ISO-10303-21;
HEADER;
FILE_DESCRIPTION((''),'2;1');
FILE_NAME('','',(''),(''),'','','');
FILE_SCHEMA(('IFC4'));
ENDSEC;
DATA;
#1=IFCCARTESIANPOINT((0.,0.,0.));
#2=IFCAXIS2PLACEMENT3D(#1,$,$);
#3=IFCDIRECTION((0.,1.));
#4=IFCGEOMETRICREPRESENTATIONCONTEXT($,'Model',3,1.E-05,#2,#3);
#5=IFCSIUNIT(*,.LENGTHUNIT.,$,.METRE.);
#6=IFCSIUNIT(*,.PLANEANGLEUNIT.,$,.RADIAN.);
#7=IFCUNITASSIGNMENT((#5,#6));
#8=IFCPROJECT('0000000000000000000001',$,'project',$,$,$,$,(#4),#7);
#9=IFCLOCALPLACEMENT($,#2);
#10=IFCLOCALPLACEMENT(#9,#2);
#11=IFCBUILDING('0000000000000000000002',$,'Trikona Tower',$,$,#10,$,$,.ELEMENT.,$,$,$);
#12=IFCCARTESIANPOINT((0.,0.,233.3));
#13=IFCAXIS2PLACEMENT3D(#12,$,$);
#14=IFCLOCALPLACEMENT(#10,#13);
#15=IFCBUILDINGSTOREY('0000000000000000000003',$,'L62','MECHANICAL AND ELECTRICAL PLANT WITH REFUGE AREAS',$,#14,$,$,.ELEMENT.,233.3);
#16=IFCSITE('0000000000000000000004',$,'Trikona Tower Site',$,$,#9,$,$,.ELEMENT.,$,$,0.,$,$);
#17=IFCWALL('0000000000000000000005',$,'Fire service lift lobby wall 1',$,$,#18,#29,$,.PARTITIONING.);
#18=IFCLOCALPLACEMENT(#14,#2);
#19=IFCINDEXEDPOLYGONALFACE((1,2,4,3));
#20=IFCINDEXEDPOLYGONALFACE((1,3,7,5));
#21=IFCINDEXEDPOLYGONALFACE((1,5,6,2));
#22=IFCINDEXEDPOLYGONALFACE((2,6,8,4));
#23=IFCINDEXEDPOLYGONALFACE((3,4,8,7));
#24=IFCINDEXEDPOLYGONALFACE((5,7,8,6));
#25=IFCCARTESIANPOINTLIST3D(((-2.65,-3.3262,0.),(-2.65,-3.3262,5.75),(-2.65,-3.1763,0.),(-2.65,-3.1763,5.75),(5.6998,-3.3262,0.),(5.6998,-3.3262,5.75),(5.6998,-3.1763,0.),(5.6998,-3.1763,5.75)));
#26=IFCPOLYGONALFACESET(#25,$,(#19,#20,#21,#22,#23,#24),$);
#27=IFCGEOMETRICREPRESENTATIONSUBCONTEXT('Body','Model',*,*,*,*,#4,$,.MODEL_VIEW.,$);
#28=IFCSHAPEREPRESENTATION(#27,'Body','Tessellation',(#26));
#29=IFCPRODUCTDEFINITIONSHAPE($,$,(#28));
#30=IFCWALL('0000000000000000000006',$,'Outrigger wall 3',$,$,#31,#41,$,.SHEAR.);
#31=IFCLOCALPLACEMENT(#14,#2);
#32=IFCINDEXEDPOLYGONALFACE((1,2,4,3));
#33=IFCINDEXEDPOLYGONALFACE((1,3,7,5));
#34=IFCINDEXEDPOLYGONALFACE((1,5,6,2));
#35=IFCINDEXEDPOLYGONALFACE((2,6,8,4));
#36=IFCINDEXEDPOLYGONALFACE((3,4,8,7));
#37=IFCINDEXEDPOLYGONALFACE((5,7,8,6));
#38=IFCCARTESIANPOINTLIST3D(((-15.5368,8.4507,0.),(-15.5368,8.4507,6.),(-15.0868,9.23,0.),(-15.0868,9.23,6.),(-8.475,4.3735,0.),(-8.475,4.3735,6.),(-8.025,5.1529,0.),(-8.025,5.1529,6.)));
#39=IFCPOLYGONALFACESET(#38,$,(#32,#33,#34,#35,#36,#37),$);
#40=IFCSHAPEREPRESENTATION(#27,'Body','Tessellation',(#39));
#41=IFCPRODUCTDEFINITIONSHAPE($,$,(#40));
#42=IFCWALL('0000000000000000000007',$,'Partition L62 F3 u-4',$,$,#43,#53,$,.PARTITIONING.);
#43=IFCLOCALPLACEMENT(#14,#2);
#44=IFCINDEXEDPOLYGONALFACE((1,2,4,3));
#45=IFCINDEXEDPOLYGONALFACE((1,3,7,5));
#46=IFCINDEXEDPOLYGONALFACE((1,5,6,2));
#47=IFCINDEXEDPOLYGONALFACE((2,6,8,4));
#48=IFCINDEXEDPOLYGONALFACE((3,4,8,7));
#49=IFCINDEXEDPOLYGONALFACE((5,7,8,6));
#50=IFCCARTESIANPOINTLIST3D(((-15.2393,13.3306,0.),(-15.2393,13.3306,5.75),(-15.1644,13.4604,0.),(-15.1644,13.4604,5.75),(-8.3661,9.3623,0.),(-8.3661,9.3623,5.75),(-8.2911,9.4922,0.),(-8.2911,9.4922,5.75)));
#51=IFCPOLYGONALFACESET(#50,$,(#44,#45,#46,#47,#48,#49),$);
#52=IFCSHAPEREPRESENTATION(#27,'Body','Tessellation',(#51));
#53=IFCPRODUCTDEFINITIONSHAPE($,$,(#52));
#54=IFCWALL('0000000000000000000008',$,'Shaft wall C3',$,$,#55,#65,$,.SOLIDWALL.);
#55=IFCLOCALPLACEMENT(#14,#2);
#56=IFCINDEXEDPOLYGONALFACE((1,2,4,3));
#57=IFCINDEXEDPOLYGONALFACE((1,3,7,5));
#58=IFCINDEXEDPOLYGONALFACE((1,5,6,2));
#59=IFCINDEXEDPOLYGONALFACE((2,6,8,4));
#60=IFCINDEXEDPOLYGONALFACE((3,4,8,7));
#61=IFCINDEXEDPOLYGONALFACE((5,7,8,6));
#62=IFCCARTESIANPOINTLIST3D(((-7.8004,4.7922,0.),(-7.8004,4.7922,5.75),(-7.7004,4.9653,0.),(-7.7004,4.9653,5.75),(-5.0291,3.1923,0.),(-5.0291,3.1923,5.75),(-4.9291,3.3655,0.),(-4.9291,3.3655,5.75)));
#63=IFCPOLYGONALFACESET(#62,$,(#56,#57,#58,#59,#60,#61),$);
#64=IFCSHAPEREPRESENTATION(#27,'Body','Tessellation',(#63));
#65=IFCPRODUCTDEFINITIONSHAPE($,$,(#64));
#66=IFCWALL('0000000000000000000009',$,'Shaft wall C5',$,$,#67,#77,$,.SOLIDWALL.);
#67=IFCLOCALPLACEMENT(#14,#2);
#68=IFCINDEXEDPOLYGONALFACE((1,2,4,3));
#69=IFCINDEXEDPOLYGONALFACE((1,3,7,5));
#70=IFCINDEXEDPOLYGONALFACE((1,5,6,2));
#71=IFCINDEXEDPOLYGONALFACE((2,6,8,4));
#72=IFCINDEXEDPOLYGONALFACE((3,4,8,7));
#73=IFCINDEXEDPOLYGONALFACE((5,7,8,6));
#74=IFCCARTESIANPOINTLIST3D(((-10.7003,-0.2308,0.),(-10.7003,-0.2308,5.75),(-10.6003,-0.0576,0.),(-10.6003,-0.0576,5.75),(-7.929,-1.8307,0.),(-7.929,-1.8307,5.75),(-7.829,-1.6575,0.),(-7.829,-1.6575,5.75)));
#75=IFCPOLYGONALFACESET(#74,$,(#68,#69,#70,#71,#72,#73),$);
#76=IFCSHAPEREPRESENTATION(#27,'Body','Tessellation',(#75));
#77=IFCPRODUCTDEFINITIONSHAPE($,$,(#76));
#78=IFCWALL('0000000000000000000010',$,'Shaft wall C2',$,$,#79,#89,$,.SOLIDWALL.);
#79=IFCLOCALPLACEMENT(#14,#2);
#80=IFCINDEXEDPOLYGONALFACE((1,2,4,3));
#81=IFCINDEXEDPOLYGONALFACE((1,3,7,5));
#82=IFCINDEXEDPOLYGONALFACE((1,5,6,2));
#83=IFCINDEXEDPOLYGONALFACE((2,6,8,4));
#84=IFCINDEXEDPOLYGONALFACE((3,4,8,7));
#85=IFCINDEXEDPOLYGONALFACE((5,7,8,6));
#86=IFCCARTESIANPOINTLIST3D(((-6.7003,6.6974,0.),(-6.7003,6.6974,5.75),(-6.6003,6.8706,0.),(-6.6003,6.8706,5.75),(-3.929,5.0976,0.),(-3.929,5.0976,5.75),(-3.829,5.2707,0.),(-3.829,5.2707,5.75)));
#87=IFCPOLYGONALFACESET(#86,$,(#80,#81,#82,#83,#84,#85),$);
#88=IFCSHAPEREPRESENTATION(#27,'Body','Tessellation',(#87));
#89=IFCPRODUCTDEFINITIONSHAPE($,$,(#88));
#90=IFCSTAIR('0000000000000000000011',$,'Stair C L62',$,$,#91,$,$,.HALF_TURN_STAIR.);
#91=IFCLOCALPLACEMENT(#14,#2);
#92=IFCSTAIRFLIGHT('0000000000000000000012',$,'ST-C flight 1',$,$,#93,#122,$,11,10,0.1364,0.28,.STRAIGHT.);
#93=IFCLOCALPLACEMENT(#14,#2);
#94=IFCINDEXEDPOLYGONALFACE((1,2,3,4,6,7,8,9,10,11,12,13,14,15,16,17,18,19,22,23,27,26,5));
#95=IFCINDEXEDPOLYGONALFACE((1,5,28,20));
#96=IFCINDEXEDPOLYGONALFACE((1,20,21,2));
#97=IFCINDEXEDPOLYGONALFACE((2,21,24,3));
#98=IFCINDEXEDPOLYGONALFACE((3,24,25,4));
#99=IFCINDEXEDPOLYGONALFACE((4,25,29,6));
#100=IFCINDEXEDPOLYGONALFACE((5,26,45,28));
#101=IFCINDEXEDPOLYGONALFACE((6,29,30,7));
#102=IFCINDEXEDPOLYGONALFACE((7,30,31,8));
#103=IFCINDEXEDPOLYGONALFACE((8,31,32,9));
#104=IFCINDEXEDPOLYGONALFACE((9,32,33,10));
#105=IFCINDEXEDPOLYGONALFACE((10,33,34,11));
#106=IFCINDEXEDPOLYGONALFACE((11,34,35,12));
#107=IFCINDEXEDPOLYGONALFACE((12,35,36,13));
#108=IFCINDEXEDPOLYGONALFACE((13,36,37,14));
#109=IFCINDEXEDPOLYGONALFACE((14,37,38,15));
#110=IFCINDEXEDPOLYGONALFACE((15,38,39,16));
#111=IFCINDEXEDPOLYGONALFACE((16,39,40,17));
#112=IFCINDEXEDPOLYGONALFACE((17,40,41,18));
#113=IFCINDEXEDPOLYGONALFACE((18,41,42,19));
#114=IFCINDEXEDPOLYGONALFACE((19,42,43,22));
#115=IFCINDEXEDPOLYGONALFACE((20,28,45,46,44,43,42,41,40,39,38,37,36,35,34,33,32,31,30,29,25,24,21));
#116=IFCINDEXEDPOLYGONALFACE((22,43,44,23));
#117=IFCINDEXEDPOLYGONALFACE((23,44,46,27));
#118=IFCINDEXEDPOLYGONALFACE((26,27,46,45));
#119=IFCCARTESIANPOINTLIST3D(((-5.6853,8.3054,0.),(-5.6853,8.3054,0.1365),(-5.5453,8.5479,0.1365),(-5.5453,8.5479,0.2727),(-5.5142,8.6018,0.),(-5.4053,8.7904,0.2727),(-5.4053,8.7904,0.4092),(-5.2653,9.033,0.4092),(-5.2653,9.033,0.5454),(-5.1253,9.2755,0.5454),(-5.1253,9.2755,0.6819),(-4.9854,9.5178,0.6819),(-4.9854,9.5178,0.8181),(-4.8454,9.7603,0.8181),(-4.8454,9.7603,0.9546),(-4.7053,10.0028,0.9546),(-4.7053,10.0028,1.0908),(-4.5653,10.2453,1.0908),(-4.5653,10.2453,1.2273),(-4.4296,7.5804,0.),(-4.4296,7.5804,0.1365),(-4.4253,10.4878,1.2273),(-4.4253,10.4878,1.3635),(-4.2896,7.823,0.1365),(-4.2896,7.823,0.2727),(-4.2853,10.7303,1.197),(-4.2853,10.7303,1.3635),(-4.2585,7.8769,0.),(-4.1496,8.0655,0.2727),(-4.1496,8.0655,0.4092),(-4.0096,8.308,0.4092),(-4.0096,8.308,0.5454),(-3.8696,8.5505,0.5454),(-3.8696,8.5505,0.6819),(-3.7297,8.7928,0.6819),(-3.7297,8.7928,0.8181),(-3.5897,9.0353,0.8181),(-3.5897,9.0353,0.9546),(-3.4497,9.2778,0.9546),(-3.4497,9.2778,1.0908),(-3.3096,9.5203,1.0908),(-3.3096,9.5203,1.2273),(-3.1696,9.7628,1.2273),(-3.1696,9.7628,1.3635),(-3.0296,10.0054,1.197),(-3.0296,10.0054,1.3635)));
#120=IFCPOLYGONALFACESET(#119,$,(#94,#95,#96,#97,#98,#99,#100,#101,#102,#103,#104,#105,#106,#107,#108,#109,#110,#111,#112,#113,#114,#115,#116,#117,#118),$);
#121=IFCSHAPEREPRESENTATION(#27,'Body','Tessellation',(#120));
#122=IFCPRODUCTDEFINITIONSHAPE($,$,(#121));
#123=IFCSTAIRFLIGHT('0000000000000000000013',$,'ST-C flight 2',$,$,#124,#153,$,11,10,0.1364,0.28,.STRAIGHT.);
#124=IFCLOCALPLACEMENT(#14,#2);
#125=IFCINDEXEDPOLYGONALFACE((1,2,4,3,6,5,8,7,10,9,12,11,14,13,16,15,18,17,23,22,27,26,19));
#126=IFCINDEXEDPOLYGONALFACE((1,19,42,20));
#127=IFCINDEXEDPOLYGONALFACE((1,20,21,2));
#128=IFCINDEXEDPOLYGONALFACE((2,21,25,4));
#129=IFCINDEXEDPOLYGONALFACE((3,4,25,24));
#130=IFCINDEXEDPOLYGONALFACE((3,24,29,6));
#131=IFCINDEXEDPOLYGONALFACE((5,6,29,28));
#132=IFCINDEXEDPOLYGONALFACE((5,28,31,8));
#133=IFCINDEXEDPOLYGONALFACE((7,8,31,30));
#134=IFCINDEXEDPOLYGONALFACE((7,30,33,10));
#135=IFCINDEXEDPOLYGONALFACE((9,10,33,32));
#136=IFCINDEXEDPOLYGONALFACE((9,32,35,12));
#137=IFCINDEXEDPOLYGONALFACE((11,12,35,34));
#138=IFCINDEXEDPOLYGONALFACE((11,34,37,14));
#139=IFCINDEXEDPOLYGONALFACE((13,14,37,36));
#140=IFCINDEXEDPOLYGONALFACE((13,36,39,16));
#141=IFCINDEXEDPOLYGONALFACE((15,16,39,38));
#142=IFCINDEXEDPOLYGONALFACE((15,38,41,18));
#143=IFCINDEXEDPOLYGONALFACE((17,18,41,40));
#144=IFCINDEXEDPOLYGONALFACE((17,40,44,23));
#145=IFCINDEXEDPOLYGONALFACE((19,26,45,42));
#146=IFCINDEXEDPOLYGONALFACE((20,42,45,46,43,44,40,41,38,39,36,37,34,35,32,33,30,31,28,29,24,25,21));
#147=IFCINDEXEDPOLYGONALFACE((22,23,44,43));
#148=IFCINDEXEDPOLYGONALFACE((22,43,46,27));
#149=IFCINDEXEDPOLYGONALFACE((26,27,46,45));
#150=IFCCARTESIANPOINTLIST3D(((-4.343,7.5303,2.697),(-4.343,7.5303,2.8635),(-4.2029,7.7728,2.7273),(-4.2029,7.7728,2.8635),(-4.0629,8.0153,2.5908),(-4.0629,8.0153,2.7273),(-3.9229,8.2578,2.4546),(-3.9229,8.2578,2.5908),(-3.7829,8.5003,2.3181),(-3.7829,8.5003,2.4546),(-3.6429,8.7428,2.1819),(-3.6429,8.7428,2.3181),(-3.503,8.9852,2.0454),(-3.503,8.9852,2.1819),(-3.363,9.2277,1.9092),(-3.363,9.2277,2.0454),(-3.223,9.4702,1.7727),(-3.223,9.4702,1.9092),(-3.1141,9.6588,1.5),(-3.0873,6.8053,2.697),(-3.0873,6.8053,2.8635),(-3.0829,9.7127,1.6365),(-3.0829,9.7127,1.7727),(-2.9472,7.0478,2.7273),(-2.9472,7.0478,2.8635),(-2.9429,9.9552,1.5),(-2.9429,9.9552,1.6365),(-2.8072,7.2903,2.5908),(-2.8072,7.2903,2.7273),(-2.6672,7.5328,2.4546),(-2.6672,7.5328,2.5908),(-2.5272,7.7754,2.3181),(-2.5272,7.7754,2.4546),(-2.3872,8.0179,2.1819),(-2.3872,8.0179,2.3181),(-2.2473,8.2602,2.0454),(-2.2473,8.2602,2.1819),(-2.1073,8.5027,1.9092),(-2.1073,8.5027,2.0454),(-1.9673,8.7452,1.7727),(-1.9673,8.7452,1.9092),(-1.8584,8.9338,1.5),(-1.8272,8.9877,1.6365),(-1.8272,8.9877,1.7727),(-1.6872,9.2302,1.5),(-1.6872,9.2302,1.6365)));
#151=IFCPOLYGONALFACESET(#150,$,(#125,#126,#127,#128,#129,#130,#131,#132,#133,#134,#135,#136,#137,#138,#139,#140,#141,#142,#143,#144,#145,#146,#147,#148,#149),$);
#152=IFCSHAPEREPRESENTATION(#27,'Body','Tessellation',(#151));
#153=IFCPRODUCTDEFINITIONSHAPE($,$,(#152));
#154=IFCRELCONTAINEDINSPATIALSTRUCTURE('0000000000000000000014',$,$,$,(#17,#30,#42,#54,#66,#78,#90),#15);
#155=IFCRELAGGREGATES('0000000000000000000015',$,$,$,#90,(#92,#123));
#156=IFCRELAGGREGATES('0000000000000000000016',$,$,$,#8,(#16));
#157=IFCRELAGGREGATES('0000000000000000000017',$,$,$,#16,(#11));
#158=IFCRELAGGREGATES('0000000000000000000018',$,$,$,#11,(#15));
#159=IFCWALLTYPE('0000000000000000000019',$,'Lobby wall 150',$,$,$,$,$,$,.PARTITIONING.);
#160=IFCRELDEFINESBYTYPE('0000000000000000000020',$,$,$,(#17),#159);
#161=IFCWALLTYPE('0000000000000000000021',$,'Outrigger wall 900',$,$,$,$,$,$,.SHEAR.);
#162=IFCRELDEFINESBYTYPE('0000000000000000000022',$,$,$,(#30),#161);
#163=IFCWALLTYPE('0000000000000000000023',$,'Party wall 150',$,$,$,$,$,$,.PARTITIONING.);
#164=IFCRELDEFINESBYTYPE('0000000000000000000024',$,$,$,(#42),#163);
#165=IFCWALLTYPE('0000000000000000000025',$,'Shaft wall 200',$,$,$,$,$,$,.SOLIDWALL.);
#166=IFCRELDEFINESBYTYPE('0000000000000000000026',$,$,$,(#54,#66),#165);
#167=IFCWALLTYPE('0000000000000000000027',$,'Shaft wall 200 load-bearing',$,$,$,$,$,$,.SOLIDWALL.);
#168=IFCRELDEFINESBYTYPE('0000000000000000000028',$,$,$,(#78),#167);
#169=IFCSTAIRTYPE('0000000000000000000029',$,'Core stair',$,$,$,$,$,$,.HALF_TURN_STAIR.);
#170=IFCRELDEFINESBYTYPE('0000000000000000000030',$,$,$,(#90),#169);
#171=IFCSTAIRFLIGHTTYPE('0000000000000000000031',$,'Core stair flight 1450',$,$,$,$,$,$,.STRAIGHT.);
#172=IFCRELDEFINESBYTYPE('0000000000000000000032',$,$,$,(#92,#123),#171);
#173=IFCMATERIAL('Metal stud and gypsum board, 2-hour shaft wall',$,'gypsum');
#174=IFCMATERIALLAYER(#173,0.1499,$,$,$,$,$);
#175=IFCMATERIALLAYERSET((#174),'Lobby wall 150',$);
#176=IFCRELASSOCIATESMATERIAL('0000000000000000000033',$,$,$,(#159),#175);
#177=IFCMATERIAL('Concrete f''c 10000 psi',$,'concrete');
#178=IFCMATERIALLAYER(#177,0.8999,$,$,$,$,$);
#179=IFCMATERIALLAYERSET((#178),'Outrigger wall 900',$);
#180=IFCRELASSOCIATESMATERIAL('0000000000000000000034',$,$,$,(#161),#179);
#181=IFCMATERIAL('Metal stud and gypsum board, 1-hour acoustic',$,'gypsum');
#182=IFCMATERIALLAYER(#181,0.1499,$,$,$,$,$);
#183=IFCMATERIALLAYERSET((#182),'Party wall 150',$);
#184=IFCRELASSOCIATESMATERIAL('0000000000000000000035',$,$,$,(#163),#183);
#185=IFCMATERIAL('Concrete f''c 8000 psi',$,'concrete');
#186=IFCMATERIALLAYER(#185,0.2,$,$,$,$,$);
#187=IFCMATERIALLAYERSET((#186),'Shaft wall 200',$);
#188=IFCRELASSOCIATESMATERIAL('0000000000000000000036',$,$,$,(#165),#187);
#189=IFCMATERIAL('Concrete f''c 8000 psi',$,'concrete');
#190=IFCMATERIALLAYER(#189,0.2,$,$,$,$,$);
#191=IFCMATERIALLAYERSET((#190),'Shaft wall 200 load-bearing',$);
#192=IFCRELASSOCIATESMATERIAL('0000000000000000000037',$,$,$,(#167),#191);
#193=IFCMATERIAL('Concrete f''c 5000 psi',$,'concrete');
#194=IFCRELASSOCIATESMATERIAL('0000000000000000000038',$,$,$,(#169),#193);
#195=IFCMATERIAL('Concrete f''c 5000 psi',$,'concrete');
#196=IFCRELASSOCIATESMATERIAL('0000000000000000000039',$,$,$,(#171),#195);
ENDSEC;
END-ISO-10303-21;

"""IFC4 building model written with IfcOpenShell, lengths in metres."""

from ifc_helpers import new_model, si_unit, direction, frame, frame_2d, origin, place, context, subcontext, project, spatial, polyline, rectangle, outline, extrude, material, layer, layer_set, type_object, element, aggregate, save


model = new_model("IFC4")

# Units and contexts
model_context = context("Model", 3, precision=1e-05, world=origin(), true_north=direction((0.0, 1.0)))
body_context = subcontext(model_context, "Body", "Model", "MODEL_VIEW")
ifc_project = project(units=[si_unit("LENGTHUNIT", "METRE"), si_unit("PLANEANGLEUNIT", "RADIAN")], contexts=[model_context])

# Site, building, storey
site_placement = place(None, origin())
site = spatial("IfcSite", under=ifc_project, at=site_placement, Name="Trikona Tower Site", CompositionType="ELEMENT", RefElevation=0.0)
building_placement = place(site_placement, origin())
building = spatial("IfcBuilding", under=site, at=building_placement, Name="Trikona Tower", CompositionType="ELEMENT")
storey_placement = place(building_placement, frame((0.0, 0.0, 233.3)))
storey = spatial("IfcBuildingStorey", under=building, at=storey_placement, Name="L62", Description="MECHANICAL AND ELECTRICAL PLANT WITH REFUGE AREAS", CompositionType="ELEMENT", Elevation=233.3)

# Walls
ifc_material_1 = material(Name="Metal stud and gypsum board, 2-hour shaft wall", Category="gypsum")
ifc_layer_1 = layer(ifc_material_1, 0.1499)
ifc_layer_set_1 = layer_set([ifc_layer_1], Name="Lobby wall 150")
wall_type_1 = type_object("IfcWallType", Name="Lobby wall 150", PredefinedType="PARTITIONING", material=ifc_layer_set_1)
wall_1_placement = place(storey_placement, frame((-2.6499, -3.2512, 0.0), z_axis=(0.0, 0.0, 1.0), x_axis=(1.0, 0.0, 0.0)))
element("IfcWall", 1, at=wall_1_placement, inside=storey, type_object=wall_type_1, Name="Fire service lift lobby wall 1", PredefinedType="PARTITIONING", context=body_context, shape_type="SweptSolid", body=[
    extrude(rectangle(XDim=8.3499, YDim=0.1499, at=frame_2d((4.1748, 0.0))), origin(), (0.0, 0.0, 1.0), 5.75),
])
ifc_material_2 = material(Name="Concrete f'c 10000 psi", Category="concrete")
ifc_layer_2 = layer(ifc_material_2, 0.8999)
ifc_layer_set_2 = layer_set([ifc_layer_2], Name="Outrigger wall 900")
wall_type_2 = type_object("IfcWallType", Name="Outrigger wall 900", PredefinedType="SHEAR", material=ifc_layer_set_2)
wall_2_placement = place(storey_placement, frame((-8.25, 4.7632, 0.0), z_axis=(0.0, 0.0, 1.0), x_axis=(-0.866024, 0.500003, 0.0)))
element("IfcWall", 2, at=wall_2_placement, inside=storey, type_object=wall_type_2, Name="Outrigger wall 3", PredefinedType="SHEAR", context=body_context, shape_type="SweptSolid", body=[
    extrude(rectangle(XDim=8.1543, YDim=0.8999, at=frame_2d((4.0771, 0.0))), origin(), (0.0, 0.0, 1.0), 6.0),
])
ifc_material_3 = material(Name="Metal stud and gypsum board, 1-hour acoustic", Category="gypsum")
ifc_layer_3 = layer(ifc_material_3, 0.1499)
ifc_layer_set_3 = layer_set([ifc_layer_3], Name="Party wall 150")
wall_type_3 = type_object("IfcWallType", Name="Party wall 150", PredefinedType="PARTITIONING", material=ifc_layer_set_3)
wall_3_placement = place(storey_placement, frame((-8.3286, 9.4272, 0.0), z_axis=(0.0, 0.0, 1.0), x_axis=(-0.866027, 0.499997, 0.0)))
element("IfcWall", 3, at=wall_3_placement, inside=storey, type_object=wall_type_3, Name="Partition L62 F3 u-4", PredefinedType="PARTITIONING", context=body_context, shape_type="SweptSolid", body=[
    extrude(rectangle(XDim=7.9365, YDim=0.1499, at=frame_2d((3.9683, 0.0))), origin(), (0.0, 0.0, 1.0), 5.75),
])
ifc_material_4 = material(Name="Concrete f'c 8000 psi", Category="concrete")
ifc_layer_4 = layer(ifc_material_4, 0.2)
ifc_layer_set_4 = layer_set([ifc_layer_4], Name="Shaft wall 200")
wall_type_4 = type_object("IfcWallType", Name="Shaft wall 200", PredefinedType="SOLIDWALL", material=ifc_layer_set_4)
for number, where, z_axis, x_axis, name in (
    (4, (-4.979, 3.2788, 0.0), (0.0, 0.0, 1.0), (-0.866042, 0.499971, 0.0), "Shaft wall C3"),
    (5, (-7.8789, -1.7441, 0.0), (0.0, 0.0, 1.0), (-0.866042, 0.499971, 0.0), "Shaft wall C5"),
):
    element("IfcWall", number, at=place(storey_placement, frame(where, z_axis=z_axis, x_axis=x_axis)), inside=storey, type_object=wall_type_4, Name=name, PredefinedType="SOLIDWALL", context=body_context, shape_type="SweptSolid", body=[
        extrude(rectangle(XDim=3.2, YDim=0.2, at=frame_2d((1.6001, 0.0))), origin(), (0.0, 0.0, 1.0), 5.75),
    ])
ifc_material_5 = material(Name="Concrete f'c 8000 psi", Category="concrete")
ifc_layer_5 = layer(ifc_material_5, 0.2)
ifc_layer_set_5 = layer_set([ifc_layer_5], Name="Shaft wall 200 load-bearing")
wall_type_5 = type_object("IfcWallType", Name="Shaft wall 200 load-bearing", PredefinedType="SOLIDWALL", material=ifc_layer_set_5)
wall_4_placement = place(storey_placement, frame((-3.8789, 5.1841, 0.0), z_axis=(0.0, 0.0, 1.0), x_axis=(-0.866042, 0.499971, 0.0)))
element("IfcWall", 6, at=wall_4_placement, inside=storey, type_object=wall_type_5, Name="Shaft wall C2", PredefinedType="SOLIDWALL", context=body_context, shape_type="SweptSolid", body=[
    extrude(rectangle(XDim=3.2, YDim=0.2, at=frame_2d((1.6001, 0.0))), origin(), (0.0, 0.0, 1.0), 5.75),
])

# Stair, stair flights
ifc_material_6 = material(Name="Concrete f'c 5000 psi", Category="concrete")
stair_type = type_object("IfcStairType", Name="Core stair", PredefinedType="HALF_TURN_STAIR", material=ifc_material_6)
stair_placement = place(storey_placement, origin())
stair = element("IfcStair", 7, at=stair_placement, inside=storey, type_object=stair_type, Name="Stair C L62", PredefinedType="HALF_TURN_STAIR")
ifc_material_7 = material(Name="Concrete f'c 5000 psi", Category="concrete")
stair_flight_type = type_object("IfcStairFlightType", Name="Core stair flight 1450", PredefinedType="STRAIGHT", material=ifc_material_7)
stair_flight_1_placement = place(storey_placement, frame((-5.0574, 7.9429, 0.0), z_axis=(0.0, 0.0, 1.0), x_axis=(0.5, 0.866025, 0.0)))
stair_flight_1 = element("IfcStairFlight", 8, at=stair_flight_1_placement, type_object=stair_flight_type, Name="ST-C flight 1", NumberOfRisers=11, NumberOfTreads=10, PredefinedType="STRAIGHT", RiserHeight=0.1364, TreadLength=0.28, context=body_context, shape_type="SweptSolid", body=[
    extrude(outline(polyline([(0.0, 0.0), (0.0, 0.1365), (0.28, 0.1365), (0.28, 0.2727), (0.5601, 0.2727), (0.5601, 0.4092), (0.8401, 0.4092), (0.8401, 0.5454), (1.1201, 0.5454), (1.1201, 0.6819), (1.3999, 0.6819), (1.3999, 0.8181), (1.6799, 0.8181), (1.6799, 0.9546), (1.96, 0.9546), (1.96, 1.0908), (2.24, 1.0908), (2.24, 1.2273), (2.52, 1.2273), (2.52, 1.3635), (2.8, 1.3635), (2.8, 1.5), (2.8, 1.197), (0.3423, 0.0), (0.0, 0.0)])), frame((0.0, 0.7251, 0.0), z_axis=(0.0, -1.0, 0.0), x_axis=(1.0, 0.0, 0.0)), (0.0, 0.0, 1.0), 1.45),
])
stair_flight_2_placement = place(storey_placement, frame((-2.3152, 9.5928, 1.5), z_axis=(0.0, 0.0, 1.0), x_axis=(-0.5, -0.866025, 0.0)))
stair_flight_2 = element("IfcStairFlight", 9, at=stair_flight_2_placement, type_object=stair_flight_type, Name="ST-C flight 2", NumberOfRisers=11, NumberOfTreads=10, PredefinedType="STRAIGHT", RiserHeight=0.1364, TreadLength=0.28, context=body_context, shape_type="SweptSolid", body=[
    extrude(outline(polyline([(0.0, 0.0), (0.0, 0.1365), (0.28, 0.1365), (0.28, 0.2727), (0.5601, 0.2727), (0.5601, 0.4092), (0.8401, 0.4092), (0.8401, 0.5454), (1.1201, 0.5454), (1.1201, 0.6819), (1.3999, 0.6819), (1.3999, 0.8181), (1.6799, 0.8181), (1.6799, 0.9546), (1.96, 0.9546), (1.96, 1.0908), (2.24, 1.0908), (2.24, 1.2273), (2.52, 1.2273), (2.52, 1.3635), (2.8, 1.3635), (2.8, 1.5), (2.8, 1.197), (0.3423, 0.0), (0.0, 0.0)])), frame((0.0, 0.7251, 0.0), z_axis=(0.0, -1.0, 0.0), x_axis=(1.0, 0.0, 0.0)), (0.0, 0.0, 1.0), 1.45),
])
aggregate(stair, [stair_flight_1, stair_flight_2])

save(model, "model.ifc")
